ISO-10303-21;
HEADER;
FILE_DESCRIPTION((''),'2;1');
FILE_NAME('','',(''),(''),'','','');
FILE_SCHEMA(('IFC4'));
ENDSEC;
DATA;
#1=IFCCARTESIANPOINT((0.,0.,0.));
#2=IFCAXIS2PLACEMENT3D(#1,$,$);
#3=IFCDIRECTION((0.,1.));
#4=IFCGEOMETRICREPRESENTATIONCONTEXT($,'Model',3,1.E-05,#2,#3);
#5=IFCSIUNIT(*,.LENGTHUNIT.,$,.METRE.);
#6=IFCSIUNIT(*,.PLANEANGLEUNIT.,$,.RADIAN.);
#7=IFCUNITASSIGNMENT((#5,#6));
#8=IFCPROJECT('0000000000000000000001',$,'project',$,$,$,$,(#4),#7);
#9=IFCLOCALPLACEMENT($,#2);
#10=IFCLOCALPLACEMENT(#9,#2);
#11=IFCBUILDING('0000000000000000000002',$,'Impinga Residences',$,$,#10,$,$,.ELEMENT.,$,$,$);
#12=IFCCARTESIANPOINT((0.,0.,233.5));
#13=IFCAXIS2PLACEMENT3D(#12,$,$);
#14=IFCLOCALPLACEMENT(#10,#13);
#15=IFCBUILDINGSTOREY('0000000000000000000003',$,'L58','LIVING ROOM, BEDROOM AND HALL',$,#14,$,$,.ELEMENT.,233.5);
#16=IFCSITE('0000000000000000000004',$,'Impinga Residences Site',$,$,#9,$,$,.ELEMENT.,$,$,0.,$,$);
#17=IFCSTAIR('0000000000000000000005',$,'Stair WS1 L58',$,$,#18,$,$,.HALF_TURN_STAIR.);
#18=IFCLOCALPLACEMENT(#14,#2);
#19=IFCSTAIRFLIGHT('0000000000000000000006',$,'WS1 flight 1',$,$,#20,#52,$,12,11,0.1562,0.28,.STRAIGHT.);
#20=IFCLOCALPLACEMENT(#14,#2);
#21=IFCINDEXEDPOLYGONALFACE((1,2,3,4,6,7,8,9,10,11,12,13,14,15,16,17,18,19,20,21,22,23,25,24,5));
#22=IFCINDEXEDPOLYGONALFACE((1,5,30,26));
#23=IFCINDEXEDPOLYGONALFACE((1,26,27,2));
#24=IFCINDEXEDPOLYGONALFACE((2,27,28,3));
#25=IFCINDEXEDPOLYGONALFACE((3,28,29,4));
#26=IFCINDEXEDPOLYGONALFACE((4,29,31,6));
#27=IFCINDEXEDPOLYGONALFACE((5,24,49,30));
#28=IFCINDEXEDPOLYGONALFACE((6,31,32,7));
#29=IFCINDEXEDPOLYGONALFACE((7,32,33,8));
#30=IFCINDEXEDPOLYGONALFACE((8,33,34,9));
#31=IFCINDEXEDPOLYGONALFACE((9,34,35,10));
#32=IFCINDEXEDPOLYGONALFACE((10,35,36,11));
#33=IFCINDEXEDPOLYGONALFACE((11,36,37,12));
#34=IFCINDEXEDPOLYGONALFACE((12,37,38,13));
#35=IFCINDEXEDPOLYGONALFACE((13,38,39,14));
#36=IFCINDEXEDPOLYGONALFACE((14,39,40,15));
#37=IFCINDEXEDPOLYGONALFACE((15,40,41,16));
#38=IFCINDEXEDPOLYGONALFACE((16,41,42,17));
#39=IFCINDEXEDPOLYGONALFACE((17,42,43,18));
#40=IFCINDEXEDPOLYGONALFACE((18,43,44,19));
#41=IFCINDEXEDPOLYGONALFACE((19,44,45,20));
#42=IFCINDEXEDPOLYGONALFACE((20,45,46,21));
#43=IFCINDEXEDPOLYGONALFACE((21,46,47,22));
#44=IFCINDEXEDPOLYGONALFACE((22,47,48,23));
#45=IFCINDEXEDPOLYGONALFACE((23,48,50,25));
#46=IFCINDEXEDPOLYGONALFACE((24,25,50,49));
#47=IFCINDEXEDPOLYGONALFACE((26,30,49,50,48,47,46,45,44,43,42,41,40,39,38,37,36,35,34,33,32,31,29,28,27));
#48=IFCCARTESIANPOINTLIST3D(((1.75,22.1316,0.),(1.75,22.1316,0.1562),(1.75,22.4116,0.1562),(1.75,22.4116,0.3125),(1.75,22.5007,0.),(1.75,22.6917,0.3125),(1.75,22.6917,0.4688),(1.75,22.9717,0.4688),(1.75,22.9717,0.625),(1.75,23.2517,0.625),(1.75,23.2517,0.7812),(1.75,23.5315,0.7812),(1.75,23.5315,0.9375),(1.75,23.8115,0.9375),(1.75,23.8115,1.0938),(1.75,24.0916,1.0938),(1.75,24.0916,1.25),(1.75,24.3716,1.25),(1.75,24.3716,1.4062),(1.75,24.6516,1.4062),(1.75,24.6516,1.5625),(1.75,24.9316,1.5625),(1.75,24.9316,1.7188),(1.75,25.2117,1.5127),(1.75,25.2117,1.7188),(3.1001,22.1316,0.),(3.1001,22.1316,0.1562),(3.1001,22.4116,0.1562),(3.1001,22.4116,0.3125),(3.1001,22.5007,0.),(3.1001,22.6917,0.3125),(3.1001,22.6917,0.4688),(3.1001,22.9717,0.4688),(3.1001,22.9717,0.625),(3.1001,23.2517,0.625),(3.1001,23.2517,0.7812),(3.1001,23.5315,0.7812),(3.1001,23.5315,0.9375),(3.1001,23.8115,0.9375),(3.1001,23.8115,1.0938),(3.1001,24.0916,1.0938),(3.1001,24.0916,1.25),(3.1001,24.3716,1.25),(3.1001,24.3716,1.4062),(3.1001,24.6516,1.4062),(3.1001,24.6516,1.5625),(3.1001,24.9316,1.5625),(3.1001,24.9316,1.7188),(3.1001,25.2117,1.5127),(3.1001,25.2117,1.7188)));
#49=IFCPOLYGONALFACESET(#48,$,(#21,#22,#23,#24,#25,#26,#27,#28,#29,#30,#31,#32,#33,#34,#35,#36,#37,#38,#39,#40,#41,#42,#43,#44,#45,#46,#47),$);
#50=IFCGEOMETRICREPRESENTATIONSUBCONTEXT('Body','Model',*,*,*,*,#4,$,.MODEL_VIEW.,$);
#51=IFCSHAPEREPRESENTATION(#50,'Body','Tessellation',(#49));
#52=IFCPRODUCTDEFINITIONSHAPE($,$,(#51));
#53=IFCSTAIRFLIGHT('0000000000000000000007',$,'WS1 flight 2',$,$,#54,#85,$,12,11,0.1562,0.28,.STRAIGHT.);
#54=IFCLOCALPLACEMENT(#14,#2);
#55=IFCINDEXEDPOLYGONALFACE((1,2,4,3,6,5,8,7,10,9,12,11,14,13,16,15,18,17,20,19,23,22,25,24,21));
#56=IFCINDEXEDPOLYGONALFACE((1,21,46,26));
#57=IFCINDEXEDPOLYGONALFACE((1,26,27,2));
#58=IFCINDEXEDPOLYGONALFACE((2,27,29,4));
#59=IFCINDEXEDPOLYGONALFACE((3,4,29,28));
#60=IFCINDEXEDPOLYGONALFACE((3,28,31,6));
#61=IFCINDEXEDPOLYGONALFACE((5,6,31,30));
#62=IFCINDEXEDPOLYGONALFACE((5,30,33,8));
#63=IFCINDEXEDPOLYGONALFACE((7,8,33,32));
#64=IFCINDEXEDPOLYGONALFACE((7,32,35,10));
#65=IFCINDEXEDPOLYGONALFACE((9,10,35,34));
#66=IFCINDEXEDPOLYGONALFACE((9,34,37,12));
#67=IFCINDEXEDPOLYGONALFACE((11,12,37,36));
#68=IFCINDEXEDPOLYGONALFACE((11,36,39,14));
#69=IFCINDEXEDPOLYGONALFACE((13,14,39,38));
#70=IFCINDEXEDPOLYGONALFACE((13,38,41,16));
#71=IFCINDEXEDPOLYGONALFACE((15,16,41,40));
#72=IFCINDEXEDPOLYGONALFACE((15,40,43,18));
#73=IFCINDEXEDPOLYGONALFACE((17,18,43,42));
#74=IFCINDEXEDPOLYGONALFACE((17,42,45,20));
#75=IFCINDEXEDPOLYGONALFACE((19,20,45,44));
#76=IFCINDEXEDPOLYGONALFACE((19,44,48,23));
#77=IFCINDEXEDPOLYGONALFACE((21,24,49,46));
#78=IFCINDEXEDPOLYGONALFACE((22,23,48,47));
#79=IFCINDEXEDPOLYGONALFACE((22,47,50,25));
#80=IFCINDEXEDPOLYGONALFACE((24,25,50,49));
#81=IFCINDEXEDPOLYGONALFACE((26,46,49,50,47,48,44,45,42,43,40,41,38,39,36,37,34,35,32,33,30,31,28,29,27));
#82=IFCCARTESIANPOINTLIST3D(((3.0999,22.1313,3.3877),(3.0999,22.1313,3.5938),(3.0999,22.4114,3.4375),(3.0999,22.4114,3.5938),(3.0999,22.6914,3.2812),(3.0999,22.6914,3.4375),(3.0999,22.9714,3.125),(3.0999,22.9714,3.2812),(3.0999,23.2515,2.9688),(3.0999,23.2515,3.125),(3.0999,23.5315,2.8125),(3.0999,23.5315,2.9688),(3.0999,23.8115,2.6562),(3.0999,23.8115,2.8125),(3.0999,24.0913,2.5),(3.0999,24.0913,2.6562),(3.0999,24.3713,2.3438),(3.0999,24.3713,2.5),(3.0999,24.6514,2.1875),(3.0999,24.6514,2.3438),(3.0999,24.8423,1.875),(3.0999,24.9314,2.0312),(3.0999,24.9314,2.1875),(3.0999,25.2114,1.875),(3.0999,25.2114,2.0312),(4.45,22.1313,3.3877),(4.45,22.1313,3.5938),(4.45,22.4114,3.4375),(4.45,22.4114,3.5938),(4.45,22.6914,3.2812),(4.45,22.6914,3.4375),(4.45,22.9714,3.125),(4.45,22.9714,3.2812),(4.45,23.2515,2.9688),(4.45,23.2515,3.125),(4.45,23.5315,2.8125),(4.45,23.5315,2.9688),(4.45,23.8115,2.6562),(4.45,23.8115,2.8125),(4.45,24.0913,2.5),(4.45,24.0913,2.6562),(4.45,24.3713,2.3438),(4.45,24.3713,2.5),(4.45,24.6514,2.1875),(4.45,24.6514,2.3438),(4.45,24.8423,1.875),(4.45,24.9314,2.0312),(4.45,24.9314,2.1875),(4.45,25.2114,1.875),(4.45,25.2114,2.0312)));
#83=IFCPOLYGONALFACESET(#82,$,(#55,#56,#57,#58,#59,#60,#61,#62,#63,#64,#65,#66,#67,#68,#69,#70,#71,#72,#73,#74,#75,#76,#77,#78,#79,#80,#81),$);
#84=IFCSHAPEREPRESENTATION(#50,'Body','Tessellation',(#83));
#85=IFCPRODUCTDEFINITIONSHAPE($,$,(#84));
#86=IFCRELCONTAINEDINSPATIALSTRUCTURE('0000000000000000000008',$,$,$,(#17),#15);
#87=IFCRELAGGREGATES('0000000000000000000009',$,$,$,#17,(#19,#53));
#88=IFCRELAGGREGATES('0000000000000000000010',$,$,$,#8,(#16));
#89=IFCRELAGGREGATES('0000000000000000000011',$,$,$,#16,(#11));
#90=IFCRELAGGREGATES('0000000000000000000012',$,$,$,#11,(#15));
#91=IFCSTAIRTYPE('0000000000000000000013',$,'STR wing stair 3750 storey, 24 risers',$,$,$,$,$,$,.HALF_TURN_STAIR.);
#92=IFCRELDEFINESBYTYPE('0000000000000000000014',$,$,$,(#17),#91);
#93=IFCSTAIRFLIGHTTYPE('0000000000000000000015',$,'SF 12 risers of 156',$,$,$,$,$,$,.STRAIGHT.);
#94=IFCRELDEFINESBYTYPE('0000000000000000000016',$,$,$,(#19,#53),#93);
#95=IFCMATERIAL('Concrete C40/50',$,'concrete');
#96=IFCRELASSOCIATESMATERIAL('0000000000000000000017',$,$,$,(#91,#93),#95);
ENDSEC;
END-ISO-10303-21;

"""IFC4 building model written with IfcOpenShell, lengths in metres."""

from ifc_helpers import new_model, si_unit, direction, frame, origin, place, context, subcontext, project, spatial, polyline, outline, extrude, material, type_object, element, aggregate, save


model = new_model("IFC4")

# Units and contexts
model_context = context("Model", 3, precision=1e-05, world=origin(), true_north=direction((0.0, 1.0)))
body_context = subcontext(model_context, "Body", "Model", "MODEL_VIEW")
ifc_project = project(units=[si_unit("LENGTHUNIT", "METRE"), si_unit("PLANEANGLEUNIT", "RADIAN")], contexts=[model_context])

# Site, building, storey
site_placement = place(None, origin())
site = spatial("IfcSite", under=ifc_project, at=site_placement, Name="Impinga Residences Site", CompositionType="ELEMENT", RefElevation=0.0)
building_placement = place(site_placement, origin())
building = spatial("IfcBuilding", under=site, at=building_placement, Name="Impinga Residences", CompositionType="ELEMENT")
storey_placement = place(building_placement, frame((0.0, 0.0, 233.5)))
storey = spatial("IfcBuildingStorey", under=building, at=storey_placement, Name="L58", Description="LIVING ROOM, BEDROOM AND HALL", CompositionType="ELEMENT", Elevation=233.5)

# Stair, stair flights
ifc_material_1 = material(Name="Concrete C40/50", Category="concrete")
stair_type = type_object("IfcStairType", Name="STR wing stair 3750 storey, 24 risers", PredefinedType="HALF_TURN_STAIR", material=ifc_material_1)
stair_placement = place(storey_placement, origin())
stair = element("IfcStair", 1, at=stair_placement, inside=storey, type_object=stair_type, Name="Stair WS1 L58", PredefinedType="HALF_TURN_STAIR")
stair_flight_type = type_object("IfcStairFlightType", Name="SF 12 risers of 156", PredefinedType="STRAIGHT", material=ifc_material_1)
stair_flight_1_placement = place(storey_placement, frame((2.425, 22.1316, 0.0), z_axis=(0.0, 0.0, 1.0), x_axis=(0.0, 1.0, 0.0)))
stair_flight_1 = element("IfcStairFlight", 2, at=stair_flight_1_placement, type_object=stair_flight_type, Name="WS1 flight 1", NumberOfRisers=12, NumberOfTreads=11, PredefinedType="STRAIGHT", RiserHeight=0.1562, TreadLength=0.28, context=body_context, shape_type="SweptSolid", body=[
    extrude(outline(polyline([(0.0, 0.0), (0.0, 0.1562), (0.28, 0.1562), (0.28, 0.3125), (0.5601, 0.3125), (0.5601, 0.4688), (0.8401, 0.4688), (0.8401, 0.625), (1.1201, 0.625), (1.1201, 0.7812), (1.3999, 0.7812), (1.3999, 0.9375), (1.6799, 0.9375), (1.6799, 1.0938), (1.96, 1.0938), (1.96, 1.25), (2.24, 1.25), (2.24, 1.4062), (2.52, 1.4062), (2.52, 1.5625), (2.8, 1.5625), (2.8, 1.7188), (3.0801, 1.7188), (3.0801, 1.875), (3.0801, 1.5127), (0.3691, 0.0), (0.0, 0.0)])), frame((0.0, 0.675, 0.0), z_axis=(0.0, -1.0, 0.0), x_axis=(1.0, 0.0, 0.0)), (0.0, 0.0, 1.0), 1.3501),
])
stair_flight_2_placement = place(storey_placement, frame((3.7749, 25.2114, 1.875), z_axis=(0.0, 0.0, 1.0), x_axis=(0.0, -1.0, 0.0)))
stair_flight_2 = element("IfcStairFlight", 3, at=stair_flight_2_placement, type_object=stair_flight_type, Name="WS1 flight 2", NumberOfRisers=12, NumberOfTreads=11, PredefinedType="STRAIGHT", RiserHeight=0.1562, TreadLength=0.28, context=body_context, shape_type="SweptSolid", body=[
    extrude(outline(polyline([(0.0, 0.0), (0.0, 0.1562), (0.28, 0.1562), (0.28, 0.3125), (0.5601, 0.3125), (0.5601, 0.4688), (0.8401, 0.4688), (0.8401, 0.625), (1.1201, 0.625), (1.1201, 0.7812), (1.3999, 0.7812), (1.3999, 0.9375), (1.6799, 0.9375), (1.6799, 1.0938), (1.96, 1.0938), (1.96, 1.25), (2.24, 1.25), (2.24, 1.4062), (2.52, 1.4062), (2.52, 1.5625), (2.8, 1.5625), (2.8, 1.7188), (3.0801, 1.7188), (3.0801, 1.875), (3.0801, 1.5127), (0.3691, 0.0), (0.0, 0.0)])), frame((0.0, 0.675, 0.0), z_axis=(0.0, -1.0, 0.0), x_axis=(1.0, 0.0, 0.0)), (0.0, 0.0, 1.0), 1.3501),
])
aggregate(stair, [stair_flight_1, stair_flight_2])

save(model, "model.ifc")
